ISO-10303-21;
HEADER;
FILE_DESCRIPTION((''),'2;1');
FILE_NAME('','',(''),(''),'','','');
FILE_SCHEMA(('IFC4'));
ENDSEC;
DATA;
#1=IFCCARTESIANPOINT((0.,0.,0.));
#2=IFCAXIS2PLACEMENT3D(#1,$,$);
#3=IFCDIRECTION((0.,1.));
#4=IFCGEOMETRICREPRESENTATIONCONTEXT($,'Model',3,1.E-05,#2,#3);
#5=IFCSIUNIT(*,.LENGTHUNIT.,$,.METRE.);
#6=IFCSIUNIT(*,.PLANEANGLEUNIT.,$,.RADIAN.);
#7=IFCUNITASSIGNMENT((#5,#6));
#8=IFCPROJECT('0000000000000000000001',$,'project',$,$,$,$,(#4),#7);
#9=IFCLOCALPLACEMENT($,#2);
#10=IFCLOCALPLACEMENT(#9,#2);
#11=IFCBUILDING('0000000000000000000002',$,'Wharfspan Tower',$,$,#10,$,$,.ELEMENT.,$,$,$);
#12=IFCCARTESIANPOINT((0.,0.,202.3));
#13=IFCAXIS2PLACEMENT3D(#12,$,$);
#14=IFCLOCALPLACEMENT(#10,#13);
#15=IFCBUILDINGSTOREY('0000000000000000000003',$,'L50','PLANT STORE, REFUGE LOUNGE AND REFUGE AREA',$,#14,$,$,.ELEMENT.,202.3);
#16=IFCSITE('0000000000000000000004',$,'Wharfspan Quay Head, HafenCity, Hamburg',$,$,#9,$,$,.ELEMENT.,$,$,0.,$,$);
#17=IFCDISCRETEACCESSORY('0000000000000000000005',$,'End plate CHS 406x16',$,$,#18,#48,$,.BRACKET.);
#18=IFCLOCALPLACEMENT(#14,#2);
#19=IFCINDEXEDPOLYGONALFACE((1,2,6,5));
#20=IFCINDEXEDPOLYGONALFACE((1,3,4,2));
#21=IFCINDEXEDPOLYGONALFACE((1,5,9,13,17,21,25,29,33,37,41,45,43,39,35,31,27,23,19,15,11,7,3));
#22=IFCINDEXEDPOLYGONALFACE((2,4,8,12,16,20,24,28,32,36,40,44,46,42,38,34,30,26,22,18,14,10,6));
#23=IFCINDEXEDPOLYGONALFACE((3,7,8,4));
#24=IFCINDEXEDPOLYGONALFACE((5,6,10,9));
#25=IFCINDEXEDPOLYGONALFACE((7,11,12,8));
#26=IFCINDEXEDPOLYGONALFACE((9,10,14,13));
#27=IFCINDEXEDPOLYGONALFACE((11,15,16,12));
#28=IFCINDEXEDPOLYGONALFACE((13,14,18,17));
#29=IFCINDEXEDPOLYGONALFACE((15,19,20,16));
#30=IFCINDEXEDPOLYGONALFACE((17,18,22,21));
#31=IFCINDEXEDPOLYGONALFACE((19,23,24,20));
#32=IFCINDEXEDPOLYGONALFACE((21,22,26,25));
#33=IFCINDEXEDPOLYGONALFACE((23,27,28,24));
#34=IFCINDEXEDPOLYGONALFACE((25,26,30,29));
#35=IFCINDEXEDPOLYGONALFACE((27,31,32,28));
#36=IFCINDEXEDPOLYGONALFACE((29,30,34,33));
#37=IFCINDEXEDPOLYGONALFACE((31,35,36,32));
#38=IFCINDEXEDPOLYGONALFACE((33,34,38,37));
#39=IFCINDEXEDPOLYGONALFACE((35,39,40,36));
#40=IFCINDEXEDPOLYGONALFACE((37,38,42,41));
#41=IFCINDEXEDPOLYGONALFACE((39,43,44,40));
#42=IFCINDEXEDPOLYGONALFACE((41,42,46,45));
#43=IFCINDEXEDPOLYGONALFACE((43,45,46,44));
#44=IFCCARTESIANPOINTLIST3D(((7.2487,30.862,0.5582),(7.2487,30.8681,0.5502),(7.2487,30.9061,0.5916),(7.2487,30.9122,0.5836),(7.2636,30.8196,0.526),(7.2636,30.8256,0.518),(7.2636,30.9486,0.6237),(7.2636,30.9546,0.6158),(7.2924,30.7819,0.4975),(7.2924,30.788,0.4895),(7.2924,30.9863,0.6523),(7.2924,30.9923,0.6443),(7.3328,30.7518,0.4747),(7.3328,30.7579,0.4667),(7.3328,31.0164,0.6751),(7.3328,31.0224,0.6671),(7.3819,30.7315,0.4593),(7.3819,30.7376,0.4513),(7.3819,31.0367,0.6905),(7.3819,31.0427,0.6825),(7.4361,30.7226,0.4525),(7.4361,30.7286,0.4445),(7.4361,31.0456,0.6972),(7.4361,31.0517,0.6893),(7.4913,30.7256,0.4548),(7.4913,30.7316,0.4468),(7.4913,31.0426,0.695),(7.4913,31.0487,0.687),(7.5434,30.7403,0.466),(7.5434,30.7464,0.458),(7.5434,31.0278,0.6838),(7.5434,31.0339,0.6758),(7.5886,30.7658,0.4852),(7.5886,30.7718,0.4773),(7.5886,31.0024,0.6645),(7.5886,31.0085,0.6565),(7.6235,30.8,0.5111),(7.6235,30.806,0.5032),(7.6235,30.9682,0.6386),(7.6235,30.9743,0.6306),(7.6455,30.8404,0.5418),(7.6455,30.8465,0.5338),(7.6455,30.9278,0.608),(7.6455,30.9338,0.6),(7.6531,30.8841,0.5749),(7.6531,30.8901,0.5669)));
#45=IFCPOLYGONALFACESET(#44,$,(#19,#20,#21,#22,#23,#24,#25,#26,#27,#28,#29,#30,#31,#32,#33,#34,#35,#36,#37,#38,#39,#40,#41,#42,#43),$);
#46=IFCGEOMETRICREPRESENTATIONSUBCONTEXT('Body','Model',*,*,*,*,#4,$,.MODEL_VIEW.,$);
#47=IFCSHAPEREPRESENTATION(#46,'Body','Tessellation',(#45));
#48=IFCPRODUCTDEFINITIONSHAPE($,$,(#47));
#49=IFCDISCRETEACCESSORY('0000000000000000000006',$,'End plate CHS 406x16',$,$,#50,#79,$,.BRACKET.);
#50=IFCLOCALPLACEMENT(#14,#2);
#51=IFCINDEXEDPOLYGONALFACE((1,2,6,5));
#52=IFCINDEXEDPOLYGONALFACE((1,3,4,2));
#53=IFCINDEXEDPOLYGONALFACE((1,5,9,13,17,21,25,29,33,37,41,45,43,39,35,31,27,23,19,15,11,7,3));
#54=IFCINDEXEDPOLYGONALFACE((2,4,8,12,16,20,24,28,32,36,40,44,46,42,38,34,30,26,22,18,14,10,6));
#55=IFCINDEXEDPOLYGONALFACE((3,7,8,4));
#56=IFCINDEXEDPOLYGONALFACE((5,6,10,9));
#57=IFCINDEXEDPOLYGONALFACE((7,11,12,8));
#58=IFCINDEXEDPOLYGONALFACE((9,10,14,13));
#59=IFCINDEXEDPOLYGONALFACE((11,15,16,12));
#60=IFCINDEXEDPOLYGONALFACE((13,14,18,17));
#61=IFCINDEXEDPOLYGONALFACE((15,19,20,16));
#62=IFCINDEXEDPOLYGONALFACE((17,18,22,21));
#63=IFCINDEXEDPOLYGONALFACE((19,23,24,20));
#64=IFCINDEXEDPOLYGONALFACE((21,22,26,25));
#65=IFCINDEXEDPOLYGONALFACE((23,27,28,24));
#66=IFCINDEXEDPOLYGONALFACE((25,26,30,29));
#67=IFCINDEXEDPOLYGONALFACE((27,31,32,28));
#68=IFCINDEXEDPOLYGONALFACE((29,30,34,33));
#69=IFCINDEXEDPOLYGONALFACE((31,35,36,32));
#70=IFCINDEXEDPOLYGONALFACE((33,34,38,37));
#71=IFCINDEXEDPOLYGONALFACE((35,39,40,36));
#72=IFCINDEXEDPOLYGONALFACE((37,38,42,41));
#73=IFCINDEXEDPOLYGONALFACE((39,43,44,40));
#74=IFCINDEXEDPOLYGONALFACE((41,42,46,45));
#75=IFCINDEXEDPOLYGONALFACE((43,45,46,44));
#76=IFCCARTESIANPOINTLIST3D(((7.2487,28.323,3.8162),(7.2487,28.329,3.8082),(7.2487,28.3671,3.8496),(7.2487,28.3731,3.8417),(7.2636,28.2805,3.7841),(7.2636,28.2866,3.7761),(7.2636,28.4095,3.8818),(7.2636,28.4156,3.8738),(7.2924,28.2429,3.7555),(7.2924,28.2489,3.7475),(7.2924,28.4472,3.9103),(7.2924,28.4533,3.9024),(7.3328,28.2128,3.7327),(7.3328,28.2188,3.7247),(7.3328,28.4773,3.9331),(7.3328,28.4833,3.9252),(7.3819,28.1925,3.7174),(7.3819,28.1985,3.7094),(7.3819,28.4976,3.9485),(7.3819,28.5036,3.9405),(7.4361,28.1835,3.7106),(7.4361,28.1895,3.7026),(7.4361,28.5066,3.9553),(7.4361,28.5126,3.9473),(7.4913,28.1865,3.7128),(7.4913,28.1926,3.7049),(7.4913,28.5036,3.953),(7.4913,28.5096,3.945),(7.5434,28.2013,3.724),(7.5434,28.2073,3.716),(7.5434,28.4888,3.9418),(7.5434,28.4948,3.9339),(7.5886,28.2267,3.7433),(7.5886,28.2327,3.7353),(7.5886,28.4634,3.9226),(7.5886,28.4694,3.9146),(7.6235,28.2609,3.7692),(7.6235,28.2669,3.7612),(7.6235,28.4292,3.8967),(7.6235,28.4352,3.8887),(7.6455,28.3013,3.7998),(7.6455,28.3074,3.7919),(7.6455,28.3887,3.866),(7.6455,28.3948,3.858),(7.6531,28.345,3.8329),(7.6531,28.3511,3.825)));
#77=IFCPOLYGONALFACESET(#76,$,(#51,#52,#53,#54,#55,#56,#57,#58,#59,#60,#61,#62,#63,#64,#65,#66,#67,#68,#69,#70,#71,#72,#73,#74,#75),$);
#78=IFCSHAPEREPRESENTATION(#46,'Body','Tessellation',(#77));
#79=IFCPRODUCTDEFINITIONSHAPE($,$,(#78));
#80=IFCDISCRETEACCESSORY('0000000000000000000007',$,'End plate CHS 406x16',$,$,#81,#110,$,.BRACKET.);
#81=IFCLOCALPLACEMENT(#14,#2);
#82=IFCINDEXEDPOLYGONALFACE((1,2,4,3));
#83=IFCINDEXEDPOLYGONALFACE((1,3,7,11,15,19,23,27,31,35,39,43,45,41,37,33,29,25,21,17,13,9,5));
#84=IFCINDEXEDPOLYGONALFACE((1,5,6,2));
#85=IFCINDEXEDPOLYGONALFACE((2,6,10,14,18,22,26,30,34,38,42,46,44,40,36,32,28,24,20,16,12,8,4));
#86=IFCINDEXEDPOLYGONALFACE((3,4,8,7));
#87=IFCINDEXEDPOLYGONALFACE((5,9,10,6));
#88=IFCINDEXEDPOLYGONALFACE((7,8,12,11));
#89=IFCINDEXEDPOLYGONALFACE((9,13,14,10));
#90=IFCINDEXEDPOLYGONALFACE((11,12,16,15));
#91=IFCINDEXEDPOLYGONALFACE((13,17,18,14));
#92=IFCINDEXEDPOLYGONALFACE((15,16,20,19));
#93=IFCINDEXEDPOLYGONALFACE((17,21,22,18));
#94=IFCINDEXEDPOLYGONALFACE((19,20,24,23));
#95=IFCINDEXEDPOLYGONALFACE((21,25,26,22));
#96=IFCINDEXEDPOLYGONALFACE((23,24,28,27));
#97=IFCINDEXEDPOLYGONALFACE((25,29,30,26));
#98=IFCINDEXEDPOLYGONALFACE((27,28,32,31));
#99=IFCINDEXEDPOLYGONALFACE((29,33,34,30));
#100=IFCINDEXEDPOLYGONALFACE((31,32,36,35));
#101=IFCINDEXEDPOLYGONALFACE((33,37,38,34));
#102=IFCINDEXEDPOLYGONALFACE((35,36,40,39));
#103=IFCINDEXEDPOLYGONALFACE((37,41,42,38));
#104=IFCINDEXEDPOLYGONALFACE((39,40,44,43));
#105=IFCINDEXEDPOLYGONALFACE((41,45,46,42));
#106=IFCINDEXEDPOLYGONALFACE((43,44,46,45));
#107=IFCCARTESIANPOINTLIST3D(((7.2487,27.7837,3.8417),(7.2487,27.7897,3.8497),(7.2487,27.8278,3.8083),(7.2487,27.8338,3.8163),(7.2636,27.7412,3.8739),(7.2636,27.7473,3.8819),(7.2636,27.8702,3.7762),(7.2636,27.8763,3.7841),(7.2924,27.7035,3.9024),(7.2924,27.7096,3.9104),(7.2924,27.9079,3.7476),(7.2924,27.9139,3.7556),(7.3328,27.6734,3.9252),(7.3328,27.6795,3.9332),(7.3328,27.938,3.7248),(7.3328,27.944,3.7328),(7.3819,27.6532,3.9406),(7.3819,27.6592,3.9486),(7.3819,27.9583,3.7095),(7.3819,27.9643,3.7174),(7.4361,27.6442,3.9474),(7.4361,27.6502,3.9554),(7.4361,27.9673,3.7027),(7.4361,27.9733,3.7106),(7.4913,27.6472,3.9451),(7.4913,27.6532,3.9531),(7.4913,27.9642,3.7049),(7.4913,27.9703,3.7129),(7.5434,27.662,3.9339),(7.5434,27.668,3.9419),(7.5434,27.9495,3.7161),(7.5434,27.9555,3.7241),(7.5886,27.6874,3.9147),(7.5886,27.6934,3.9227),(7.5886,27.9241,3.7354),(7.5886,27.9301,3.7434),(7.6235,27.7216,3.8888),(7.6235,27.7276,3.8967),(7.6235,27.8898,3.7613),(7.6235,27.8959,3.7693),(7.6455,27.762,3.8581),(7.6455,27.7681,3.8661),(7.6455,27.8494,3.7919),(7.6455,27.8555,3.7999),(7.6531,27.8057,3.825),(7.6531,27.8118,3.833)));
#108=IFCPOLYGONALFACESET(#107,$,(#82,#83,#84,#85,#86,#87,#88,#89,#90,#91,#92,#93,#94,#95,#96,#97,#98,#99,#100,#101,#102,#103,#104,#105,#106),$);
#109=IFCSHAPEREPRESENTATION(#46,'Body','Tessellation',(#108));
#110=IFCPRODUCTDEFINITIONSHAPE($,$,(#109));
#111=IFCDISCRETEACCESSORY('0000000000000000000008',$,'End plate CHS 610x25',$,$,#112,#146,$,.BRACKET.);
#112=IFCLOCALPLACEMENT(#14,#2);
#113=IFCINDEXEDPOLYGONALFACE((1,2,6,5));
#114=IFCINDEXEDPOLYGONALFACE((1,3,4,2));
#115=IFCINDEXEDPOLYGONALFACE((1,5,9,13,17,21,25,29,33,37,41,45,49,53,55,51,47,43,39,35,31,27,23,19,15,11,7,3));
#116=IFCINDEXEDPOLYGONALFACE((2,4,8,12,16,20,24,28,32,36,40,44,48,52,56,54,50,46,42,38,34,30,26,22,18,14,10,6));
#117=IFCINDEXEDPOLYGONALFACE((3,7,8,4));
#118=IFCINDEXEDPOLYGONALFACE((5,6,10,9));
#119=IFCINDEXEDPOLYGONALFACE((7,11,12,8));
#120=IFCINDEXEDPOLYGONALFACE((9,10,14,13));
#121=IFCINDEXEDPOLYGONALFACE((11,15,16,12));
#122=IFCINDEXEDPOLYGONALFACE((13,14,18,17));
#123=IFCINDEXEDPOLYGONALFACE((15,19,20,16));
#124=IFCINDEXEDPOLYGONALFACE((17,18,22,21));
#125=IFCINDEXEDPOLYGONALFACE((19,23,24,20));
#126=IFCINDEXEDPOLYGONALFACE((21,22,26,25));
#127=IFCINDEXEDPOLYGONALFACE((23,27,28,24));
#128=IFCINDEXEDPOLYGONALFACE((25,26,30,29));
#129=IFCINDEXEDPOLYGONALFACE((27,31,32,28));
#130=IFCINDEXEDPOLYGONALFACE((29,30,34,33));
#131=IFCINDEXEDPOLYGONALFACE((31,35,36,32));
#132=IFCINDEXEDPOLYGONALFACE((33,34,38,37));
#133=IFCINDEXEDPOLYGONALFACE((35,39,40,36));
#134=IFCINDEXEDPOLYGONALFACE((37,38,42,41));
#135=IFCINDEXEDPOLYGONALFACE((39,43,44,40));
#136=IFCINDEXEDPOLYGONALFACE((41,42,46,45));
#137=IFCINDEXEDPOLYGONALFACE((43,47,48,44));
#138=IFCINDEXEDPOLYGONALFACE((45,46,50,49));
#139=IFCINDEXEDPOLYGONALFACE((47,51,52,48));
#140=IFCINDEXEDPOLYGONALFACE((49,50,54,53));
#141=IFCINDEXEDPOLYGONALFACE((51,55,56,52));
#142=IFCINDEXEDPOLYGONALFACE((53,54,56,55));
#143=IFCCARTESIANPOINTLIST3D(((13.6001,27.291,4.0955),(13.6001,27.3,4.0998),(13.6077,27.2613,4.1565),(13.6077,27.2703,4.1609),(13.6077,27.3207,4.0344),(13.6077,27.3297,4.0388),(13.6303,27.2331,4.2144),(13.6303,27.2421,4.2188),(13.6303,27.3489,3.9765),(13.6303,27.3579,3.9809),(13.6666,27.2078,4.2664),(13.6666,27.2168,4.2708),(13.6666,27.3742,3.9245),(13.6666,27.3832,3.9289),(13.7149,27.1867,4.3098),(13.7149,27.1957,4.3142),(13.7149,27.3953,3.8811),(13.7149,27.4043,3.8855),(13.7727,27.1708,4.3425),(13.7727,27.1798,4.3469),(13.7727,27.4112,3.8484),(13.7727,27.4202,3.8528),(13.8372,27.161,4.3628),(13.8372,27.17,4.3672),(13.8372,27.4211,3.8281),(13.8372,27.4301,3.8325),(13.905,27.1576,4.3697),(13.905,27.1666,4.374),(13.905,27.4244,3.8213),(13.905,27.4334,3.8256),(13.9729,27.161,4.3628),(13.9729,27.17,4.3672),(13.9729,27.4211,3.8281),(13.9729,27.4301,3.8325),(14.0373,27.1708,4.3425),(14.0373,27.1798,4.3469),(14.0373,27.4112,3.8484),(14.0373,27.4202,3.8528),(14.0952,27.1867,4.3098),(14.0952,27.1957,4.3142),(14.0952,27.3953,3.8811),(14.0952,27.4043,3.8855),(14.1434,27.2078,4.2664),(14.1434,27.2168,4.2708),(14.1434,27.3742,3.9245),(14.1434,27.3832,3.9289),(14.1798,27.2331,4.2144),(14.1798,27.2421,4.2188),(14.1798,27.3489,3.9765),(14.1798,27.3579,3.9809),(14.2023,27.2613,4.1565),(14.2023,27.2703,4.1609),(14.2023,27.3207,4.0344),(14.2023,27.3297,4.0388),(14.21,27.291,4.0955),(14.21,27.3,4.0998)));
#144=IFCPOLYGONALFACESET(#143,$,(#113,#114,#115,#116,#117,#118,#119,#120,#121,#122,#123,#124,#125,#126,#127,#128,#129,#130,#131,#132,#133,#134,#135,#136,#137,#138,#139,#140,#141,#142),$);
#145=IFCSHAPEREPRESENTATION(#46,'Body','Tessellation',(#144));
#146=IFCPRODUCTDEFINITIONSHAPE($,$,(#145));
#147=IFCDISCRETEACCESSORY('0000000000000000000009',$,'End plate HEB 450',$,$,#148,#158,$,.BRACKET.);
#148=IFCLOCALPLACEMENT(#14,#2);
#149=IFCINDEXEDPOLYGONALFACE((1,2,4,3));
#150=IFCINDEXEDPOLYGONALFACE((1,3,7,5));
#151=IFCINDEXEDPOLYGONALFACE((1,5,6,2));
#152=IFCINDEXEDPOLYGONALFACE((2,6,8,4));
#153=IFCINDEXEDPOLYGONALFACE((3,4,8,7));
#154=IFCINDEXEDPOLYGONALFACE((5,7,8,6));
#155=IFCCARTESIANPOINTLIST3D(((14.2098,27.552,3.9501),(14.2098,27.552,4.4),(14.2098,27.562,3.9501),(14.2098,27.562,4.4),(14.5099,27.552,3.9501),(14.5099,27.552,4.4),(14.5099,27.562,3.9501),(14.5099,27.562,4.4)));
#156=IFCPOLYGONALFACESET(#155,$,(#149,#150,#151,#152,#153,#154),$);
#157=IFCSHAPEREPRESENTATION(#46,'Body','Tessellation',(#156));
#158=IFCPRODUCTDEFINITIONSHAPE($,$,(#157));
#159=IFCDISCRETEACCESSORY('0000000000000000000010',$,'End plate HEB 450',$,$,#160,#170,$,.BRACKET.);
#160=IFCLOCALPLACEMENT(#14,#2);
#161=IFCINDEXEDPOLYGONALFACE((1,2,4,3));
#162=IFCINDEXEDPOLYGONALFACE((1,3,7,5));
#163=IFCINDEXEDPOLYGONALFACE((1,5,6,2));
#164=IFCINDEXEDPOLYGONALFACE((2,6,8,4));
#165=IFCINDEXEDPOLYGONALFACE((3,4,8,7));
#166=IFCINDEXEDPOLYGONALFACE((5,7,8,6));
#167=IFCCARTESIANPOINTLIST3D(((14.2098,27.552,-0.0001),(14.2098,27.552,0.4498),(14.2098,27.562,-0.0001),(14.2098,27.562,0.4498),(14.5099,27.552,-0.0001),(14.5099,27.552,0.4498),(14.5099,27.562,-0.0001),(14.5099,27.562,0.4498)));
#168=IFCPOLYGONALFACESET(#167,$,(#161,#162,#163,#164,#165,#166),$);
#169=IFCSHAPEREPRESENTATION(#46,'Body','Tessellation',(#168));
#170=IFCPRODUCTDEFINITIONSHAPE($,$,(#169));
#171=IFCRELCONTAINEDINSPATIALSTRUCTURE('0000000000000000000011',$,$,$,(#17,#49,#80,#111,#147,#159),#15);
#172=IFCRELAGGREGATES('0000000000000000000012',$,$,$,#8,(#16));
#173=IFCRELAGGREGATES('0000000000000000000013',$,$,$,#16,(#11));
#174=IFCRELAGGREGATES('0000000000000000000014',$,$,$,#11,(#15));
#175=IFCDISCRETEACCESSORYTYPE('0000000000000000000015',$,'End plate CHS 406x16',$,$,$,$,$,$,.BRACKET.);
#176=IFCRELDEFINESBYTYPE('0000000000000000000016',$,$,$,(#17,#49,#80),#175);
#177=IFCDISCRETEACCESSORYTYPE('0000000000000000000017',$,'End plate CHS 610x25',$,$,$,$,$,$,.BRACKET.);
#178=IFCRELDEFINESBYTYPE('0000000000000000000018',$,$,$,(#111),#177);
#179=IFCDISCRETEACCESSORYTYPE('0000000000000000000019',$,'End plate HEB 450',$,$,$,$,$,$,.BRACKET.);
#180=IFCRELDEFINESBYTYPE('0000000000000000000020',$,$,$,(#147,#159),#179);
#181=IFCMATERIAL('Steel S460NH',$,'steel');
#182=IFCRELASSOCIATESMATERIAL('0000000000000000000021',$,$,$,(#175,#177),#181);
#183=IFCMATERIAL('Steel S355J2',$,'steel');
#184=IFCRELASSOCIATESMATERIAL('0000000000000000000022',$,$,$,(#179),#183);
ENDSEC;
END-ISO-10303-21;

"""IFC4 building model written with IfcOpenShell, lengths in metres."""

from ifc_helpers import new_model, si_unit, direction, frame, origin, origin_2d, place, context, subcontext, project, spatial, rectangle, circle, extrude, material, material_profile, profile_set, type_object, element, save


model = new_model("IFC4")

# Units and contexts
model_context = context("Model", 3, precision=1e-05, world=origin(), true_north=direction((0.0, 1.0)))
body_context = subcontext(model_context, "Body", "Model", "MODEL_VIEW")
ifc_project = project(units=[si_unit("LENGTHUNIT", "METRE"), si_unit("PLANEANGLEUNIT", "RADIAN")], contexts=[model_context])

# Site, building, storey
site_placement = place(None, origin())
site = spatial("IfcSite", under=ifc_project, at=site_placement, Name="Wharfspan Quay Head, HafenCity, Hamburg", CompositionType="ELEMENT", RefElevation=0.0)
building_placement = place(site_placement, origin())
building = spatial("IfcBuilding", under=site, at=building_placement, Name="Wharfspan Tower", CompositionType="ELEMENT")
storey_placement = place(building_placement, frame((0.0, 0.0, 202.3)))
storey = spatial("IfcBuildingStorey", under=building, at=storey_placement, Name="L50", Description="PLANT STORE, REFUGE LOUNGE AND REFUGE AREA", CompositionType="ELEMENT", Elevation=202.3)

# Shared definitions
ifc_material_1 = material(Name="Steel S355J2", Category="steel")

# Shared definitions
ifc_material_2 = material(Name="Steel S460NH", Category="steel")

# Discrete accessories
ifc_material_profile_1 = material_profile(ifc_material_2, circle(Radius=0.2031, at=origin_2d()))
ifc_profile_set_1 = profile_set([ifc_material_profile_1], Name="Steel S460NH")
discrete_accessory_type_1 = type_object("IfcDiscreteAccessoryType", Name="End plate CHS 406x16", PredefinedType="BRACKET", material=ifc_profile_set_1)
for number, where, z_axis, x_axis, name in (
    (1, (7.45, 30.8901, 0.5669), (0.0, -0.603858, 0.797092), (1.0, 0.0, 0.0), "End plate CHS 406x16"),
    (2, (7.45, 28.3511, 3.825), (0.0, -0.603858, 0.797092), (1.0, 0.0, 0.0), "End plate CHS 406x16"),
    (3, (7.45, 27.8118, 3.833), (0.0, -0.603858, -0.797092), (1.0, 0.0, 0.0), "End plate CHS 406x16"),
):
    element("IfcDiscreteAccessory", number, at=place(storey_placement, frame(where, z_axis=z_axis, x_axis=x_axis)), inside=storey, type_object=discrete_accessory_type_1, Name=name, PredefinedType="BRACKET", context=body_context, shape_type="SweptSolid", body=[
        extrude(circle(Radius=0.2031, at=origin_2d()), origin(), (0.0, 0.0, 1.0), 0.01),
    ])
ifc_material_profile_2 = material_profile(ifc_material_2, circle(Radius=0.3049, at=origin_2d()))
ifc_profile_set_2 = profile_set([ifc_material_profile_2], Name="Steel S460NH")
discrete_accessory_type_2 = type_object("IfcDiscreteAccessoryType", Name="End plate CHS 610x25", PredefinedType="BRACKET", material=ifc_profile_set_2)
discrete_accessory_placement = place(storey_placement, frame((13.905, 27.291, 4.0955), z_axis=(0.0, 0.899235, 0.437466), x_axis=(-1.0, 0.0, 0.0)))
element("IfcDiscreteAccessory", 4, at=discrete_accessory_placement, inside=storey, type_object=discrete_accessory_type_2, Name="End plate CHS 610x25", PredefinedType="BRACKET", context=body_context, shape_type="SweptSolid", body=[
    extrude(circle(Radius=0.3049, at=origin_2d()), origin(), (0.0, 0.0, 1.0), 0.01),
])
ifc_material_profile_3 = material_profile(ifc_material_1, rectangle(XDim=0.3, YDim=0.45, at=origin_2d()))
ifc_profile_set_3 = profile_set([ifc_material_profile_3], Name="Steel S355J2")
discrete_accessory_type_3 = type_object("IfcDiscreteAccessoryType", Name="End plate HEB 450", PredefinedType="BRACKET", material=ifc_profile_set_3)
for number, where, z_axis, x_axis, name in (
    (5, (14.3599, 27.562, 4.175), (0.0, -1.0, 0.0), (1.0, 0.0, 0.0), "End plate HEB 450"),
    (6, (14.3599, 27.562, 0.2249), (0.0, -1.0, 0.0), (1.0, 0.0, 0.0), "End plate HEB 450"),
):
    element("IfcDiscreteAccessory", number, at=place(storey_placement, frame(where, z_axis=z_axis, x_axis=x_axis)), inside=storey, type_object=discrete_accessory_type_3, Name=name, PredefinedType="BRACKET", context=body_context, shape_type="SweptSolid", body=[
        extrude(rectangle(XDim=0.3, YDim=0.45, at=origin_2d()), origin(), (0.0, 0.0, 1.0), 0.01),
    ])

save(model, "model.ifc")
